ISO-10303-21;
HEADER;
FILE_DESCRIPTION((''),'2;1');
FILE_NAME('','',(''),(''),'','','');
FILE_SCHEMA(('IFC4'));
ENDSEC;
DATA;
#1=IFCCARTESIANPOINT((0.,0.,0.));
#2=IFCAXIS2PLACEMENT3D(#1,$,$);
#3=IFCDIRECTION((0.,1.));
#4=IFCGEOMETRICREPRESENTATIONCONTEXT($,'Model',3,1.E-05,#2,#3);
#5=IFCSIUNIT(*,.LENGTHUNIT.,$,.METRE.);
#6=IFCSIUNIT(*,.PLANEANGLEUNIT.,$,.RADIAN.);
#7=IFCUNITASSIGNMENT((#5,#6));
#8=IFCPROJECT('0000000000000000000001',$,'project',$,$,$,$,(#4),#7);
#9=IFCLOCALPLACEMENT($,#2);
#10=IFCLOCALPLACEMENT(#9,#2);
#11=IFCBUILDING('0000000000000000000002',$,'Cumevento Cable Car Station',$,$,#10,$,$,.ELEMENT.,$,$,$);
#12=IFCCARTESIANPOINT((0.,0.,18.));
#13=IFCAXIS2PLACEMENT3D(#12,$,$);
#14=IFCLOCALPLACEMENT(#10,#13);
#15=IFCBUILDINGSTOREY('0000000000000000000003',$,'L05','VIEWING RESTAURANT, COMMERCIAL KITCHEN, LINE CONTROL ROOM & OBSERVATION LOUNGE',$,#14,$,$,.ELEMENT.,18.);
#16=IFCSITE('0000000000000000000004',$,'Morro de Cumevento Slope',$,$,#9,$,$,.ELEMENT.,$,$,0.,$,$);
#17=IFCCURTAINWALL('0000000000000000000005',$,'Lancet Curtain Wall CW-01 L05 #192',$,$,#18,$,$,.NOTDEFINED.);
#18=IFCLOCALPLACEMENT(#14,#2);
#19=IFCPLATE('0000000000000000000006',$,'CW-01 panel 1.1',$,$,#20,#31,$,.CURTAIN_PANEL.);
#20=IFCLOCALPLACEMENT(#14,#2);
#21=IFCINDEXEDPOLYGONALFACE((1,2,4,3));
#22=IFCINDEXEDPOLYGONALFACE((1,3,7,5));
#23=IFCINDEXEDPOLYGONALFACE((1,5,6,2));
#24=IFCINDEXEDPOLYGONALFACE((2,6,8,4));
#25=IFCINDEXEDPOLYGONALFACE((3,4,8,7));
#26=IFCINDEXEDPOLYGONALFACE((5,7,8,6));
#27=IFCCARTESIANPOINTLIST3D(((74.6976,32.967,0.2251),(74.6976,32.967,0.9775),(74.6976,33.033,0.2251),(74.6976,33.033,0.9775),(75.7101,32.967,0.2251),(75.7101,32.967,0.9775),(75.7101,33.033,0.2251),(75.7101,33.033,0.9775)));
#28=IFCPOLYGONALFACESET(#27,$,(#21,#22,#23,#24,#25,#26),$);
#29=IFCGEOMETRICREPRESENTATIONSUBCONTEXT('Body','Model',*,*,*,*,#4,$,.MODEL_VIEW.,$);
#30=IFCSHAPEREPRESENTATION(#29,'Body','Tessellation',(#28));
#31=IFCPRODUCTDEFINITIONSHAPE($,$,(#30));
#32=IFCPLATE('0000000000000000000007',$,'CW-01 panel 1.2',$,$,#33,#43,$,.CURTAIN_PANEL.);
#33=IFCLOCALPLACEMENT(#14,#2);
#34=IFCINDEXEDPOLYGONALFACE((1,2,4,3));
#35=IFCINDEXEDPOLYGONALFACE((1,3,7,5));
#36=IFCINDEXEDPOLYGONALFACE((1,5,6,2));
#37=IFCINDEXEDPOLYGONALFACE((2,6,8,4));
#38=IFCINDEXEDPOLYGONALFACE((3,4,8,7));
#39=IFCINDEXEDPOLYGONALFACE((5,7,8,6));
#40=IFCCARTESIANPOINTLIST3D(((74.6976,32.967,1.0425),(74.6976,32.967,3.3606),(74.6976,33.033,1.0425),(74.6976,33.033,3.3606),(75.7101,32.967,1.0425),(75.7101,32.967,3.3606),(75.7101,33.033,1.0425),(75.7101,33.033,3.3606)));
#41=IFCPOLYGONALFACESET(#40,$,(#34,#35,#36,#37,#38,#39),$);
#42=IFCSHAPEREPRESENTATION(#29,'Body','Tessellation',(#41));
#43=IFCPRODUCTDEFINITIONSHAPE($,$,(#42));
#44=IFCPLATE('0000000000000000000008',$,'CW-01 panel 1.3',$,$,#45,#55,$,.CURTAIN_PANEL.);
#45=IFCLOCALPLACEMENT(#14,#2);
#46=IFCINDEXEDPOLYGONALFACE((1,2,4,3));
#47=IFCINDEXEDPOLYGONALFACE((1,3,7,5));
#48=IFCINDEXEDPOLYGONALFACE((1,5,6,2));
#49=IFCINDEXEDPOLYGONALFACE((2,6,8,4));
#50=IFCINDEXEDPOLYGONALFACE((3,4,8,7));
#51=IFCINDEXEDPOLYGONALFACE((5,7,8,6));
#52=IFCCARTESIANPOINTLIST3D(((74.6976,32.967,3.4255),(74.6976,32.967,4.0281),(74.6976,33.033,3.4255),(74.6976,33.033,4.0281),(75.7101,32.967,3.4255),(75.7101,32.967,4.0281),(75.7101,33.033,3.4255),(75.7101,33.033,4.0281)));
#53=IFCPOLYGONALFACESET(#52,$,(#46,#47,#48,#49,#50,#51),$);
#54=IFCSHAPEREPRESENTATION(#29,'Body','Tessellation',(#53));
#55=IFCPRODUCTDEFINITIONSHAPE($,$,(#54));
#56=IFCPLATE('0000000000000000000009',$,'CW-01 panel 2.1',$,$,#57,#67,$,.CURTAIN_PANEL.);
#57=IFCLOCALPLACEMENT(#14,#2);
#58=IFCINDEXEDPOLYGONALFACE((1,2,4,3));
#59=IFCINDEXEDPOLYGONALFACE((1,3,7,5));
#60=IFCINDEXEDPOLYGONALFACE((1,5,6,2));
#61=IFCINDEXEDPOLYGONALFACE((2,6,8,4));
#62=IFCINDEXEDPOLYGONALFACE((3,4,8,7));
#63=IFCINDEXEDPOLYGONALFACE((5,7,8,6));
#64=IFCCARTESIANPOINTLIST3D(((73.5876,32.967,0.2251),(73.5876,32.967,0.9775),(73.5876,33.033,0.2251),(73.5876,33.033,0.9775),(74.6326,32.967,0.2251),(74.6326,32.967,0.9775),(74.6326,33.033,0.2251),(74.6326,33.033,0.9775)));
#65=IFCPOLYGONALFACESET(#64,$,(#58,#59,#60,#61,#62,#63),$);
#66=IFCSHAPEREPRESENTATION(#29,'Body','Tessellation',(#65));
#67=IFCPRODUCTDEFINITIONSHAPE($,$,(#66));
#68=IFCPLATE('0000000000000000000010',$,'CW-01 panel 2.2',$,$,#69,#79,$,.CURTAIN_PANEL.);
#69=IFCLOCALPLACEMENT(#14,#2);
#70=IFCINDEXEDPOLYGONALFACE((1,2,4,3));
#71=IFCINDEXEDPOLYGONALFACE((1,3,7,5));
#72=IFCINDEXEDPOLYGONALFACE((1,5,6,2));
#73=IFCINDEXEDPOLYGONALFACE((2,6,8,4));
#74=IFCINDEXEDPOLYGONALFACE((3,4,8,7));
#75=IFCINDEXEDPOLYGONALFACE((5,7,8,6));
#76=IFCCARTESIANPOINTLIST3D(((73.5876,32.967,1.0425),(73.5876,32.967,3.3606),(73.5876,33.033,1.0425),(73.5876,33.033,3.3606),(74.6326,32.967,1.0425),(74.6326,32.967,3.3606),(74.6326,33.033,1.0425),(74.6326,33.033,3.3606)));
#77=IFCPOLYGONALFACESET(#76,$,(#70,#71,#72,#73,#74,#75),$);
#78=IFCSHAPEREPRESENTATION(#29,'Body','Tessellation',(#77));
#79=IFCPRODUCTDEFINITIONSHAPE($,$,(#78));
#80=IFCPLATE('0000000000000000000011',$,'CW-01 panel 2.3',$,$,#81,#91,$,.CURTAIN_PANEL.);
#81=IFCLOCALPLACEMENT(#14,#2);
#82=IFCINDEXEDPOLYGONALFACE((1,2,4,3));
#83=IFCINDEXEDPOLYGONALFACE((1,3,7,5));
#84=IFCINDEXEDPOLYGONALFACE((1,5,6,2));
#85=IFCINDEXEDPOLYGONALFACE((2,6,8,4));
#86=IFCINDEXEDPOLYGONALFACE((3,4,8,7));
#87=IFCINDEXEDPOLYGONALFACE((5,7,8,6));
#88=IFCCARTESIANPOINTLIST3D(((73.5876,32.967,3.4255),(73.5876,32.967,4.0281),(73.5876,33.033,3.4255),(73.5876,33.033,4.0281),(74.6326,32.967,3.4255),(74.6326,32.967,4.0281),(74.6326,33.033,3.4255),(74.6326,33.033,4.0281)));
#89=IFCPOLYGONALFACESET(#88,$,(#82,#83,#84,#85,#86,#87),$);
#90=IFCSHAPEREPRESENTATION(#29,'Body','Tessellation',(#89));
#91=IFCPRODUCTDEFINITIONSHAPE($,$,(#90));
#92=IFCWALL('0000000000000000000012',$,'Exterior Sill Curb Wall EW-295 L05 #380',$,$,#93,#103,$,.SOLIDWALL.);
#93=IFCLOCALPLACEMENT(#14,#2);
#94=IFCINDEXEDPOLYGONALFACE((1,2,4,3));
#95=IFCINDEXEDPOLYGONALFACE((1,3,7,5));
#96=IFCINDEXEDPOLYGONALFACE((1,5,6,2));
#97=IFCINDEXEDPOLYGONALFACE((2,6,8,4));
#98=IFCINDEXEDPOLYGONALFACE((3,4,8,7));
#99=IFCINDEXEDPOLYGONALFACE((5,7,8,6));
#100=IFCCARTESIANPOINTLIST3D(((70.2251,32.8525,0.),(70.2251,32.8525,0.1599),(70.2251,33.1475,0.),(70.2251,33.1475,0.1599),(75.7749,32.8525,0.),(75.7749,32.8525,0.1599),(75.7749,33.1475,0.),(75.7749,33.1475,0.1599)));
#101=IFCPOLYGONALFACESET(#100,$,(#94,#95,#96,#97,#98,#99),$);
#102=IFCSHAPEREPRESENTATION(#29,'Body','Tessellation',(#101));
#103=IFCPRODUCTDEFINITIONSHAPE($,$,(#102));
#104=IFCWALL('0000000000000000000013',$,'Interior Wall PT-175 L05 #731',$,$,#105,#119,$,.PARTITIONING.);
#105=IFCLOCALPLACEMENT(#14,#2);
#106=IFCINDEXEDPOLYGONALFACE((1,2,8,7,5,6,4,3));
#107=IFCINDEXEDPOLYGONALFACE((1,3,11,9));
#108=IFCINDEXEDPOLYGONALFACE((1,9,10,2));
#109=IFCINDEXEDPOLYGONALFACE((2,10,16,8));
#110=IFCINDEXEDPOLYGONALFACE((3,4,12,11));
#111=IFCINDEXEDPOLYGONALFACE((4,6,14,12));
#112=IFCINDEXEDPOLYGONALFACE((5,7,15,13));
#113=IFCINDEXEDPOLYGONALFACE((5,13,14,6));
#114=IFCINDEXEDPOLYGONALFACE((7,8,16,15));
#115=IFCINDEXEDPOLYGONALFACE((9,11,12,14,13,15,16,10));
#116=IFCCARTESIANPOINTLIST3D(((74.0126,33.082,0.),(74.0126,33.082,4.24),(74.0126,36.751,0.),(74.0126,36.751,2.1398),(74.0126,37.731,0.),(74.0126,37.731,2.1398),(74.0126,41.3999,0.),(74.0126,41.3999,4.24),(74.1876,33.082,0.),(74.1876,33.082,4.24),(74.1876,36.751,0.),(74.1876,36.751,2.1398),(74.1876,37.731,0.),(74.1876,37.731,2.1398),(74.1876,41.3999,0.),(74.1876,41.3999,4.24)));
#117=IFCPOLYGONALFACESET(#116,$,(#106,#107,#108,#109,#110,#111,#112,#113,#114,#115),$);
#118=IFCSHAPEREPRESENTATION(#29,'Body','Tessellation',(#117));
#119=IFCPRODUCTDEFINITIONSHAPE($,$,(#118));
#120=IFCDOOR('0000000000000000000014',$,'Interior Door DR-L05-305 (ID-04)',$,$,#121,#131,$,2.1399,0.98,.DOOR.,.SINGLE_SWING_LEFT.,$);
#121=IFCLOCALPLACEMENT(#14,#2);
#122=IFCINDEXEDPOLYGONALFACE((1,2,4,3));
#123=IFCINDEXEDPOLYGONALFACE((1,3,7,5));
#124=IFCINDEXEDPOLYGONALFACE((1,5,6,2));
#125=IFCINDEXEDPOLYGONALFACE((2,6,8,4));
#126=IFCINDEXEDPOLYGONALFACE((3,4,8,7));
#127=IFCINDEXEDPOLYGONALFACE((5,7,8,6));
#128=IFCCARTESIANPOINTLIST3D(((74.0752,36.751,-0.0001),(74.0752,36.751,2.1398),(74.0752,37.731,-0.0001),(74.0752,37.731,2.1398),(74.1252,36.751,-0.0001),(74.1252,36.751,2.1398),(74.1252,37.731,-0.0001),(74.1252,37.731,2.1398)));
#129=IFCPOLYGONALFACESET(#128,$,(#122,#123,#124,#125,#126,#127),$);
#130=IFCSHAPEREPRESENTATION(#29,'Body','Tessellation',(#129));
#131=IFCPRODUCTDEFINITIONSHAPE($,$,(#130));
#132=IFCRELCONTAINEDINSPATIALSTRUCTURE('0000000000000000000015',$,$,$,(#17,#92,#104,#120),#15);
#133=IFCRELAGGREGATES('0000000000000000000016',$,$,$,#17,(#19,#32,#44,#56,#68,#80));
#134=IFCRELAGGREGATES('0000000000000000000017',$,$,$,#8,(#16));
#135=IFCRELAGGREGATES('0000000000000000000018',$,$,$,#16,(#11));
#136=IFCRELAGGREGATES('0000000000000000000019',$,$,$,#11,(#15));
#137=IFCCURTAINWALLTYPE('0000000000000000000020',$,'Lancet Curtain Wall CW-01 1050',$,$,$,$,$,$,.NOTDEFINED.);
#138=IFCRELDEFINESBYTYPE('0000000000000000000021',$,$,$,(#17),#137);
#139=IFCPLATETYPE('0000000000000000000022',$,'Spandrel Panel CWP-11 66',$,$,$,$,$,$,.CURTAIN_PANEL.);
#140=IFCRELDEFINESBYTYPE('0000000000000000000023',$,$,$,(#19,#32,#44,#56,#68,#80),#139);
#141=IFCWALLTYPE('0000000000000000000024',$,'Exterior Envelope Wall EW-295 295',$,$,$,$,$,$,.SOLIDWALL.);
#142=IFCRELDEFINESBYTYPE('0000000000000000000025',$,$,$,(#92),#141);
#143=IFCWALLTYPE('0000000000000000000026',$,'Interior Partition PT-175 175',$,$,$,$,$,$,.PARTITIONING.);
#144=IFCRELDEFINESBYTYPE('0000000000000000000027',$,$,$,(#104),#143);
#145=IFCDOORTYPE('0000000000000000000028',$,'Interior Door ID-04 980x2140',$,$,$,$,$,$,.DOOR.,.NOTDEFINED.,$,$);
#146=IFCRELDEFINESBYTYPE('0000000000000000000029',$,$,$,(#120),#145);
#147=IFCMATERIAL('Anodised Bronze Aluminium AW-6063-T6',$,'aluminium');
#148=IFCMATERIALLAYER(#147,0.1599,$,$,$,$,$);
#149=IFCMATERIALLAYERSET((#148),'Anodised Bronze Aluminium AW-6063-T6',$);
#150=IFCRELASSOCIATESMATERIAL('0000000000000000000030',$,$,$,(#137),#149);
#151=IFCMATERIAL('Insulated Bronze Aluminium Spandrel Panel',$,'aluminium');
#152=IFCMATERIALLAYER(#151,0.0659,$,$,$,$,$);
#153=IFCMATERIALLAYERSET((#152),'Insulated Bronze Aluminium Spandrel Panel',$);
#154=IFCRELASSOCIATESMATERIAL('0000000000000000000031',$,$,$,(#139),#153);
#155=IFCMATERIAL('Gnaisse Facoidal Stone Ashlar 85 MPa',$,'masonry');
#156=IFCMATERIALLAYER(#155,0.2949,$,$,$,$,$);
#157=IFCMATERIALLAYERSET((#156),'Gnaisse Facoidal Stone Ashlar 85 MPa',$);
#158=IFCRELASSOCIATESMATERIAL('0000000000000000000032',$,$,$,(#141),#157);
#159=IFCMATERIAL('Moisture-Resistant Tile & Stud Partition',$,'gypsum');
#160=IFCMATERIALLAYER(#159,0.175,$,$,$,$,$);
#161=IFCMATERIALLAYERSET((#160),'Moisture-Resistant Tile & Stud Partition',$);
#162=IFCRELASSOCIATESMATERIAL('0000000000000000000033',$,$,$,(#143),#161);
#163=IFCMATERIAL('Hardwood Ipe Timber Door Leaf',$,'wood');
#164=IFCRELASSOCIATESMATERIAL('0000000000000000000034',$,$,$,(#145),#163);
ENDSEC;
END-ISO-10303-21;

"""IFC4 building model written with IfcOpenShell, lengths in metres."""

from ifc_helpers import new_model, si_unit, direction, frame, frame_2d, origin, origin_2d, place, context, subcontext, project, spatial, rectangle, extrude, material, layer, layer_set, type_object, element, fill, aggregate, save


model = new_model("IFC4")

# Units and contexts
model_context = context("Model", 3, precision=1e-05, world=origin(), true_north=direction((0.0, 1.0)))
body_context = subcontext(model_context, "Body", "Model", "MODEL_VIEW")
ifc_project = project(units=[si_unit("LENGTHUNIT", "METRE"), si_unit("PLANEANGLEUNIT", "RADIAN")], contexts=[model_context])

# Site, building, storey
site_placement = place(None, origin())
site = spatial("IfcSite", under=ifc_project, at=site_placement, Name="Morro de Cumevento Slope", CompositionType="ELEMENT", RefElevation=0.0)
building_placement = place(site_placement, origin())
building = spatial("IfcBuilding", under=site, at=building_placement, Name="Cumevento Cable Car Station", CompositionType="ELEMENT")
storey_placement = place(building_placement, frame((0.0, 0.0, 18.0)))
storey = spatial("IfcBuildingStorey", under=building, at=storey_placement, Name="L05", Description="VIEWING RESTAURANT, COMMERCIAL KITCHEN, LINE CONTROL ROOM & OBSERVATION LOUNGE", CompositionType="ELEMENT", Elevation=18.0)

# Curtain wall, plates
ifc_material_1 = material(Name="Anodised Bronze Aluminium AW-6063-T6", Category="aluminium")
ifc_layer_1 = layer(ifc_material_1, 0.1599)
ifc_layer_set_1 = layer_set([ifc_layer_1], Name="Anodised Bronze Aluminium AW-6063-T6")
curtain_wall_type = type_object("IfcCurtainWallType", Name="Lancet Curtain Wall CW-01 1050", PredefinedType="NOTDEFINED", material=ifc_layer_set_1)
curtain_wall_placement = place(storey_placement, origin())
curtain_wall = element("IfcCurtainWall", 1, at=curtain_wall_placement, inside=storey, type_object=curtain_wall_type, Name="Lancet Curtain Wall CW-01 L05 #192", PredefinedType="NOTDEFINED")
ifc_material_2 = material(Name="Insulated Bronze Aluminium Spandrel Panel", Category="aluminium")
ifc_layer_2 = layer(ifc_material_2, 0.0659)
ifc_layer_set_2 = layer_set([ifc_layer_2], Name="Insulated Bronze Aluminium Spandrel Panel")
plate_type = type_object("IfcPlateType", Name="Spandrel Panel CWP-11 66", PredefinedType="CURTAIN_PANEL", material=ifc_layer_set_2)
plate_1_placement = place(storey_placement, frame((75.2039, 33.0, 0.2251), z_axis=(0.0, 0.0, 1.0), x_axis=(-1.0, 0.0, 0.0)))
plate_1 = element("IfcPlate", 2, at=plate_1_placement, type_object=plate_type, Name="CW-01 panel 1.1", PredefinedType="CURTAIN_PANEL", context=body_context, shape_type="SweptSolid", body=[
    extrude(rectangle(XDim=1.0125, YDim=0.0659, at=origin_2d()), origin(), (0.0, 0.0, 1.0), 0.7524),
])
plate_2_placement = place(storey_placement, frame((75.2039, 33.0, 1.0425), z_axis=(0.0, 0.0, 1.0), x_axis=(-1.0, 0.0, 0.0)))
plate_2 = element("IfcPlate", 3, at=plate_2_placement, type_object=plate_type, Name="CW-01 panel 1.2", PredefinedType="CURTAIN_PANEL", context=body_context, shape_type="SweptSolid", body=[
    extrude(rectangle(XDim=1.0125, YDim=0.0659, at=origin_2d()), origin(), (0.0, 0.0, 1.0), 2.3181),
])
plate_3_placement = place(storey_placement, frame((75.2039, 33.0, 3.4255), z_axis=(0.0, 0.0, 1.0), x_axis=(-1.0, 0.0, 0.0)))
plate_3 = element("IfcPlate", 4, at=plate_3_placement, type_object=plate_type, Name="CW-01 panel 1.3", PredefinedType="CURTAIN_PANEL", context=body_context, shape_type="SweptSolid", body=[
    extrude(rectangle(XDim=1.0125, YDim=0.0659, at=origin_2d()), origin(), (0.0, 0.0, 1.0), 0.6025),
])
plate_4_placement = place(storey_placement, frame((74.1101, 33.0, 0.2251), z_axis=(0.0, 0.0, 1.0), x_axis=(-1.0, 0.0, 0.0)))
plate_4 = element("IfcPlate", 5, at=plate_4_placement, type_object=plate_type, Name="CW-01 panel 2.1", PredefinedType="CURTAIN_PANEL", context=body_context, shape_type="SweptSolid", body=[
    extrude(rectangle(XDim=1.0449, YDim=0.0659, at=origin_2d()), origin(), (0.0, 0.0, 1.0), 0.7524),
])
plate_5_placement = place(storey_placement, frame((74.1101, 33.0, 1.0425), z_axis=(0.0, 0.0, 1.0), x_axis=(-1.0, 0.0, 0.0)))
plate_5 = element("IfcPlate", 6, at=plate_5_placement, type_object=plate_type, Name="CW-01 panel 2.2", PredefinedType="CURTAIN_PANEL", context=body_context, shape_type="SweptSolid", body=[
    extrude(rectangle(XDim=1.0449, YDim=0.0659, at=origin_2d()), origin(), (0.0, 0.0, 1.0), 2.3181),
])
plate_6_placement = place(storey_placement, frame((74.1101, 33.0, 3.4255), z_axis=(0.0, 0.0, 1.0), x_axis=(-1.0, 0.0, 0.0)))
plate_6 = element("IfcPlate", 7, at=plate_6_placement, type_object=plate_type, Name="CW-01 panel 2.3", PredefinedType="CURTAIN_PANEL", context=body_context, shape_type="SweptSolid", body=[
    extrude(rectangle(XDim=1.0449, YDim=0.0659, at=origin_2d()), origin(), (0.0, 0.0, 1.0), 0.6025),
])
aggregate(curtain_wall, [plate_1, plate_2, plate_3, plate_4, plate_5, plate_6])

# Wall
ifc_material_3 = material(Name="Gnaisse Facoidal Stone Ashlar 85 MPa", Category="masonry")
ifc_layer_3 = layer(ifc_material_3, 0.2949)
ifc_layer_set_3 = layer_set([ifc_layer_3], Name="Gnaisse Facoidal Stone Ashlar 85 MPa")
wall_type_1 = type_object("IfcWallType", Name="Exterior Envelope Wall EW-295 295", PredefinedType="SOLIDWALL", material=ifc_layer_set_3)
wall_1_placement = place(storey_placement, frame((75.7749, 33.0, 0.0), z_axis=(0.0, 0.0, 1.0), x_axis=(-1.0, 0.0, 0.0)))
element("IfcWall", 8, at=wall_1_placement, inside=storey, type_object=wall_type_1, Name="Exterior Sill Curb Wall EW-295 L05 #380", PredefinedType="SOLIDWALL", context=body_context, shape_type="SweptSolid", body=[
    extrude(rectangle(XDim=5.5498, YDim=0.2949, at=frame_2d((2.7749, 0.0))), origin(), (0.0, 0.0, 1.0), 0.1599),
])

# Wall, opening, door
ifc_material_4 = material(Name="Moisture-Resistant Tile & Stud Partition", Category="gypsum")
ifc_layer_4 = layer(ifc_material_4, 0.175)
ifc_layer_set_4 = layer_set([ifc_layer_4], Name="Moisture-Resistant Tile & Stud Partition")
wall_type_2 = type_object("IfcWallType", Name="Interior Partition PT-175 175", PredefinedType="PARTITIONING", material=ifc_layer_set_4)
wall_2_placement = place(storey_placement, frame((74.1001, 33.082, 0.0), z_axis=(0.0, 0.0, 1.0), x_axis=(0.0, 1.0, 0.0)))
wall_2 = element("IfcWall", 9, at=wall_2_placement, inside=storey, type_object=wall_type_2, Name="Interior Wall PT-175 L05 #731", PredefinedType="PARTITIONING", context=body_context, shape_type="SweptSolid", body=[
    extrude(rectangle(XDim=8.3179, YDim=0.175, at=frame_2d((4.1589, 0.0))), origin(), (0.0, 0.0, 1.0), 4.24),
])
opening_placement = place(wall_2_placement, frame((3.6689, 0.0, 0.0)))
opening = element("IfcOpeningElement", 10, at=opening_placement, cuts=wall_2, PredefinedType="OPENING", context=body_context, shape_type="SweptSolid", body=[
    extrude(rectangle(XDim=0.98, YDim=2.1399, at=frame_2d((0.49, 1.0698))), frame((0.0, 0.0974, 0.0), z_axis=(0.0, -1.0, 0.0), x_axis=(1.0, 0.0, 0.0)), (0.0, 0.0, 1.0), 0.1951),
])
ifc_material_5 = material(Name="Hardwood Ipe Timber Door Leaf", Category="wood")
door_type = type_object("IfcDoorType", Name="Interior Door ID-04 980x2140", OperationType="NOTDEFINED", PredefinedType="DOOR", material=ifc_material_5)
door_placement = place(opening_placement, origin())
door = element("IfcDoor", 11, at=door_placement, inside=storey, type_object=door_type, Name="Interior Door DR-L05-305 (ID-04)", OperationType="SINGLE_SWING_LEFT", OverallHeight=2.1399, OverallWidth=0.98, PredefinedType="DOOR", context=body_context, shape_type="SweptSolid", body=[
    extrude(rectangle(XDim=0.98, YDim=2.1399, at=frame_2d((0.49, 1.0698))), frame((0.0, 0.0249, 0.0), z_axis=(0.0, -1.0, 0.0), x_axis=(1.0, 0.0, 0.0)), (0.0, 0.0, 1.0), 0.05),
])
fill(opening, door)

save(model, "model.ifc")
